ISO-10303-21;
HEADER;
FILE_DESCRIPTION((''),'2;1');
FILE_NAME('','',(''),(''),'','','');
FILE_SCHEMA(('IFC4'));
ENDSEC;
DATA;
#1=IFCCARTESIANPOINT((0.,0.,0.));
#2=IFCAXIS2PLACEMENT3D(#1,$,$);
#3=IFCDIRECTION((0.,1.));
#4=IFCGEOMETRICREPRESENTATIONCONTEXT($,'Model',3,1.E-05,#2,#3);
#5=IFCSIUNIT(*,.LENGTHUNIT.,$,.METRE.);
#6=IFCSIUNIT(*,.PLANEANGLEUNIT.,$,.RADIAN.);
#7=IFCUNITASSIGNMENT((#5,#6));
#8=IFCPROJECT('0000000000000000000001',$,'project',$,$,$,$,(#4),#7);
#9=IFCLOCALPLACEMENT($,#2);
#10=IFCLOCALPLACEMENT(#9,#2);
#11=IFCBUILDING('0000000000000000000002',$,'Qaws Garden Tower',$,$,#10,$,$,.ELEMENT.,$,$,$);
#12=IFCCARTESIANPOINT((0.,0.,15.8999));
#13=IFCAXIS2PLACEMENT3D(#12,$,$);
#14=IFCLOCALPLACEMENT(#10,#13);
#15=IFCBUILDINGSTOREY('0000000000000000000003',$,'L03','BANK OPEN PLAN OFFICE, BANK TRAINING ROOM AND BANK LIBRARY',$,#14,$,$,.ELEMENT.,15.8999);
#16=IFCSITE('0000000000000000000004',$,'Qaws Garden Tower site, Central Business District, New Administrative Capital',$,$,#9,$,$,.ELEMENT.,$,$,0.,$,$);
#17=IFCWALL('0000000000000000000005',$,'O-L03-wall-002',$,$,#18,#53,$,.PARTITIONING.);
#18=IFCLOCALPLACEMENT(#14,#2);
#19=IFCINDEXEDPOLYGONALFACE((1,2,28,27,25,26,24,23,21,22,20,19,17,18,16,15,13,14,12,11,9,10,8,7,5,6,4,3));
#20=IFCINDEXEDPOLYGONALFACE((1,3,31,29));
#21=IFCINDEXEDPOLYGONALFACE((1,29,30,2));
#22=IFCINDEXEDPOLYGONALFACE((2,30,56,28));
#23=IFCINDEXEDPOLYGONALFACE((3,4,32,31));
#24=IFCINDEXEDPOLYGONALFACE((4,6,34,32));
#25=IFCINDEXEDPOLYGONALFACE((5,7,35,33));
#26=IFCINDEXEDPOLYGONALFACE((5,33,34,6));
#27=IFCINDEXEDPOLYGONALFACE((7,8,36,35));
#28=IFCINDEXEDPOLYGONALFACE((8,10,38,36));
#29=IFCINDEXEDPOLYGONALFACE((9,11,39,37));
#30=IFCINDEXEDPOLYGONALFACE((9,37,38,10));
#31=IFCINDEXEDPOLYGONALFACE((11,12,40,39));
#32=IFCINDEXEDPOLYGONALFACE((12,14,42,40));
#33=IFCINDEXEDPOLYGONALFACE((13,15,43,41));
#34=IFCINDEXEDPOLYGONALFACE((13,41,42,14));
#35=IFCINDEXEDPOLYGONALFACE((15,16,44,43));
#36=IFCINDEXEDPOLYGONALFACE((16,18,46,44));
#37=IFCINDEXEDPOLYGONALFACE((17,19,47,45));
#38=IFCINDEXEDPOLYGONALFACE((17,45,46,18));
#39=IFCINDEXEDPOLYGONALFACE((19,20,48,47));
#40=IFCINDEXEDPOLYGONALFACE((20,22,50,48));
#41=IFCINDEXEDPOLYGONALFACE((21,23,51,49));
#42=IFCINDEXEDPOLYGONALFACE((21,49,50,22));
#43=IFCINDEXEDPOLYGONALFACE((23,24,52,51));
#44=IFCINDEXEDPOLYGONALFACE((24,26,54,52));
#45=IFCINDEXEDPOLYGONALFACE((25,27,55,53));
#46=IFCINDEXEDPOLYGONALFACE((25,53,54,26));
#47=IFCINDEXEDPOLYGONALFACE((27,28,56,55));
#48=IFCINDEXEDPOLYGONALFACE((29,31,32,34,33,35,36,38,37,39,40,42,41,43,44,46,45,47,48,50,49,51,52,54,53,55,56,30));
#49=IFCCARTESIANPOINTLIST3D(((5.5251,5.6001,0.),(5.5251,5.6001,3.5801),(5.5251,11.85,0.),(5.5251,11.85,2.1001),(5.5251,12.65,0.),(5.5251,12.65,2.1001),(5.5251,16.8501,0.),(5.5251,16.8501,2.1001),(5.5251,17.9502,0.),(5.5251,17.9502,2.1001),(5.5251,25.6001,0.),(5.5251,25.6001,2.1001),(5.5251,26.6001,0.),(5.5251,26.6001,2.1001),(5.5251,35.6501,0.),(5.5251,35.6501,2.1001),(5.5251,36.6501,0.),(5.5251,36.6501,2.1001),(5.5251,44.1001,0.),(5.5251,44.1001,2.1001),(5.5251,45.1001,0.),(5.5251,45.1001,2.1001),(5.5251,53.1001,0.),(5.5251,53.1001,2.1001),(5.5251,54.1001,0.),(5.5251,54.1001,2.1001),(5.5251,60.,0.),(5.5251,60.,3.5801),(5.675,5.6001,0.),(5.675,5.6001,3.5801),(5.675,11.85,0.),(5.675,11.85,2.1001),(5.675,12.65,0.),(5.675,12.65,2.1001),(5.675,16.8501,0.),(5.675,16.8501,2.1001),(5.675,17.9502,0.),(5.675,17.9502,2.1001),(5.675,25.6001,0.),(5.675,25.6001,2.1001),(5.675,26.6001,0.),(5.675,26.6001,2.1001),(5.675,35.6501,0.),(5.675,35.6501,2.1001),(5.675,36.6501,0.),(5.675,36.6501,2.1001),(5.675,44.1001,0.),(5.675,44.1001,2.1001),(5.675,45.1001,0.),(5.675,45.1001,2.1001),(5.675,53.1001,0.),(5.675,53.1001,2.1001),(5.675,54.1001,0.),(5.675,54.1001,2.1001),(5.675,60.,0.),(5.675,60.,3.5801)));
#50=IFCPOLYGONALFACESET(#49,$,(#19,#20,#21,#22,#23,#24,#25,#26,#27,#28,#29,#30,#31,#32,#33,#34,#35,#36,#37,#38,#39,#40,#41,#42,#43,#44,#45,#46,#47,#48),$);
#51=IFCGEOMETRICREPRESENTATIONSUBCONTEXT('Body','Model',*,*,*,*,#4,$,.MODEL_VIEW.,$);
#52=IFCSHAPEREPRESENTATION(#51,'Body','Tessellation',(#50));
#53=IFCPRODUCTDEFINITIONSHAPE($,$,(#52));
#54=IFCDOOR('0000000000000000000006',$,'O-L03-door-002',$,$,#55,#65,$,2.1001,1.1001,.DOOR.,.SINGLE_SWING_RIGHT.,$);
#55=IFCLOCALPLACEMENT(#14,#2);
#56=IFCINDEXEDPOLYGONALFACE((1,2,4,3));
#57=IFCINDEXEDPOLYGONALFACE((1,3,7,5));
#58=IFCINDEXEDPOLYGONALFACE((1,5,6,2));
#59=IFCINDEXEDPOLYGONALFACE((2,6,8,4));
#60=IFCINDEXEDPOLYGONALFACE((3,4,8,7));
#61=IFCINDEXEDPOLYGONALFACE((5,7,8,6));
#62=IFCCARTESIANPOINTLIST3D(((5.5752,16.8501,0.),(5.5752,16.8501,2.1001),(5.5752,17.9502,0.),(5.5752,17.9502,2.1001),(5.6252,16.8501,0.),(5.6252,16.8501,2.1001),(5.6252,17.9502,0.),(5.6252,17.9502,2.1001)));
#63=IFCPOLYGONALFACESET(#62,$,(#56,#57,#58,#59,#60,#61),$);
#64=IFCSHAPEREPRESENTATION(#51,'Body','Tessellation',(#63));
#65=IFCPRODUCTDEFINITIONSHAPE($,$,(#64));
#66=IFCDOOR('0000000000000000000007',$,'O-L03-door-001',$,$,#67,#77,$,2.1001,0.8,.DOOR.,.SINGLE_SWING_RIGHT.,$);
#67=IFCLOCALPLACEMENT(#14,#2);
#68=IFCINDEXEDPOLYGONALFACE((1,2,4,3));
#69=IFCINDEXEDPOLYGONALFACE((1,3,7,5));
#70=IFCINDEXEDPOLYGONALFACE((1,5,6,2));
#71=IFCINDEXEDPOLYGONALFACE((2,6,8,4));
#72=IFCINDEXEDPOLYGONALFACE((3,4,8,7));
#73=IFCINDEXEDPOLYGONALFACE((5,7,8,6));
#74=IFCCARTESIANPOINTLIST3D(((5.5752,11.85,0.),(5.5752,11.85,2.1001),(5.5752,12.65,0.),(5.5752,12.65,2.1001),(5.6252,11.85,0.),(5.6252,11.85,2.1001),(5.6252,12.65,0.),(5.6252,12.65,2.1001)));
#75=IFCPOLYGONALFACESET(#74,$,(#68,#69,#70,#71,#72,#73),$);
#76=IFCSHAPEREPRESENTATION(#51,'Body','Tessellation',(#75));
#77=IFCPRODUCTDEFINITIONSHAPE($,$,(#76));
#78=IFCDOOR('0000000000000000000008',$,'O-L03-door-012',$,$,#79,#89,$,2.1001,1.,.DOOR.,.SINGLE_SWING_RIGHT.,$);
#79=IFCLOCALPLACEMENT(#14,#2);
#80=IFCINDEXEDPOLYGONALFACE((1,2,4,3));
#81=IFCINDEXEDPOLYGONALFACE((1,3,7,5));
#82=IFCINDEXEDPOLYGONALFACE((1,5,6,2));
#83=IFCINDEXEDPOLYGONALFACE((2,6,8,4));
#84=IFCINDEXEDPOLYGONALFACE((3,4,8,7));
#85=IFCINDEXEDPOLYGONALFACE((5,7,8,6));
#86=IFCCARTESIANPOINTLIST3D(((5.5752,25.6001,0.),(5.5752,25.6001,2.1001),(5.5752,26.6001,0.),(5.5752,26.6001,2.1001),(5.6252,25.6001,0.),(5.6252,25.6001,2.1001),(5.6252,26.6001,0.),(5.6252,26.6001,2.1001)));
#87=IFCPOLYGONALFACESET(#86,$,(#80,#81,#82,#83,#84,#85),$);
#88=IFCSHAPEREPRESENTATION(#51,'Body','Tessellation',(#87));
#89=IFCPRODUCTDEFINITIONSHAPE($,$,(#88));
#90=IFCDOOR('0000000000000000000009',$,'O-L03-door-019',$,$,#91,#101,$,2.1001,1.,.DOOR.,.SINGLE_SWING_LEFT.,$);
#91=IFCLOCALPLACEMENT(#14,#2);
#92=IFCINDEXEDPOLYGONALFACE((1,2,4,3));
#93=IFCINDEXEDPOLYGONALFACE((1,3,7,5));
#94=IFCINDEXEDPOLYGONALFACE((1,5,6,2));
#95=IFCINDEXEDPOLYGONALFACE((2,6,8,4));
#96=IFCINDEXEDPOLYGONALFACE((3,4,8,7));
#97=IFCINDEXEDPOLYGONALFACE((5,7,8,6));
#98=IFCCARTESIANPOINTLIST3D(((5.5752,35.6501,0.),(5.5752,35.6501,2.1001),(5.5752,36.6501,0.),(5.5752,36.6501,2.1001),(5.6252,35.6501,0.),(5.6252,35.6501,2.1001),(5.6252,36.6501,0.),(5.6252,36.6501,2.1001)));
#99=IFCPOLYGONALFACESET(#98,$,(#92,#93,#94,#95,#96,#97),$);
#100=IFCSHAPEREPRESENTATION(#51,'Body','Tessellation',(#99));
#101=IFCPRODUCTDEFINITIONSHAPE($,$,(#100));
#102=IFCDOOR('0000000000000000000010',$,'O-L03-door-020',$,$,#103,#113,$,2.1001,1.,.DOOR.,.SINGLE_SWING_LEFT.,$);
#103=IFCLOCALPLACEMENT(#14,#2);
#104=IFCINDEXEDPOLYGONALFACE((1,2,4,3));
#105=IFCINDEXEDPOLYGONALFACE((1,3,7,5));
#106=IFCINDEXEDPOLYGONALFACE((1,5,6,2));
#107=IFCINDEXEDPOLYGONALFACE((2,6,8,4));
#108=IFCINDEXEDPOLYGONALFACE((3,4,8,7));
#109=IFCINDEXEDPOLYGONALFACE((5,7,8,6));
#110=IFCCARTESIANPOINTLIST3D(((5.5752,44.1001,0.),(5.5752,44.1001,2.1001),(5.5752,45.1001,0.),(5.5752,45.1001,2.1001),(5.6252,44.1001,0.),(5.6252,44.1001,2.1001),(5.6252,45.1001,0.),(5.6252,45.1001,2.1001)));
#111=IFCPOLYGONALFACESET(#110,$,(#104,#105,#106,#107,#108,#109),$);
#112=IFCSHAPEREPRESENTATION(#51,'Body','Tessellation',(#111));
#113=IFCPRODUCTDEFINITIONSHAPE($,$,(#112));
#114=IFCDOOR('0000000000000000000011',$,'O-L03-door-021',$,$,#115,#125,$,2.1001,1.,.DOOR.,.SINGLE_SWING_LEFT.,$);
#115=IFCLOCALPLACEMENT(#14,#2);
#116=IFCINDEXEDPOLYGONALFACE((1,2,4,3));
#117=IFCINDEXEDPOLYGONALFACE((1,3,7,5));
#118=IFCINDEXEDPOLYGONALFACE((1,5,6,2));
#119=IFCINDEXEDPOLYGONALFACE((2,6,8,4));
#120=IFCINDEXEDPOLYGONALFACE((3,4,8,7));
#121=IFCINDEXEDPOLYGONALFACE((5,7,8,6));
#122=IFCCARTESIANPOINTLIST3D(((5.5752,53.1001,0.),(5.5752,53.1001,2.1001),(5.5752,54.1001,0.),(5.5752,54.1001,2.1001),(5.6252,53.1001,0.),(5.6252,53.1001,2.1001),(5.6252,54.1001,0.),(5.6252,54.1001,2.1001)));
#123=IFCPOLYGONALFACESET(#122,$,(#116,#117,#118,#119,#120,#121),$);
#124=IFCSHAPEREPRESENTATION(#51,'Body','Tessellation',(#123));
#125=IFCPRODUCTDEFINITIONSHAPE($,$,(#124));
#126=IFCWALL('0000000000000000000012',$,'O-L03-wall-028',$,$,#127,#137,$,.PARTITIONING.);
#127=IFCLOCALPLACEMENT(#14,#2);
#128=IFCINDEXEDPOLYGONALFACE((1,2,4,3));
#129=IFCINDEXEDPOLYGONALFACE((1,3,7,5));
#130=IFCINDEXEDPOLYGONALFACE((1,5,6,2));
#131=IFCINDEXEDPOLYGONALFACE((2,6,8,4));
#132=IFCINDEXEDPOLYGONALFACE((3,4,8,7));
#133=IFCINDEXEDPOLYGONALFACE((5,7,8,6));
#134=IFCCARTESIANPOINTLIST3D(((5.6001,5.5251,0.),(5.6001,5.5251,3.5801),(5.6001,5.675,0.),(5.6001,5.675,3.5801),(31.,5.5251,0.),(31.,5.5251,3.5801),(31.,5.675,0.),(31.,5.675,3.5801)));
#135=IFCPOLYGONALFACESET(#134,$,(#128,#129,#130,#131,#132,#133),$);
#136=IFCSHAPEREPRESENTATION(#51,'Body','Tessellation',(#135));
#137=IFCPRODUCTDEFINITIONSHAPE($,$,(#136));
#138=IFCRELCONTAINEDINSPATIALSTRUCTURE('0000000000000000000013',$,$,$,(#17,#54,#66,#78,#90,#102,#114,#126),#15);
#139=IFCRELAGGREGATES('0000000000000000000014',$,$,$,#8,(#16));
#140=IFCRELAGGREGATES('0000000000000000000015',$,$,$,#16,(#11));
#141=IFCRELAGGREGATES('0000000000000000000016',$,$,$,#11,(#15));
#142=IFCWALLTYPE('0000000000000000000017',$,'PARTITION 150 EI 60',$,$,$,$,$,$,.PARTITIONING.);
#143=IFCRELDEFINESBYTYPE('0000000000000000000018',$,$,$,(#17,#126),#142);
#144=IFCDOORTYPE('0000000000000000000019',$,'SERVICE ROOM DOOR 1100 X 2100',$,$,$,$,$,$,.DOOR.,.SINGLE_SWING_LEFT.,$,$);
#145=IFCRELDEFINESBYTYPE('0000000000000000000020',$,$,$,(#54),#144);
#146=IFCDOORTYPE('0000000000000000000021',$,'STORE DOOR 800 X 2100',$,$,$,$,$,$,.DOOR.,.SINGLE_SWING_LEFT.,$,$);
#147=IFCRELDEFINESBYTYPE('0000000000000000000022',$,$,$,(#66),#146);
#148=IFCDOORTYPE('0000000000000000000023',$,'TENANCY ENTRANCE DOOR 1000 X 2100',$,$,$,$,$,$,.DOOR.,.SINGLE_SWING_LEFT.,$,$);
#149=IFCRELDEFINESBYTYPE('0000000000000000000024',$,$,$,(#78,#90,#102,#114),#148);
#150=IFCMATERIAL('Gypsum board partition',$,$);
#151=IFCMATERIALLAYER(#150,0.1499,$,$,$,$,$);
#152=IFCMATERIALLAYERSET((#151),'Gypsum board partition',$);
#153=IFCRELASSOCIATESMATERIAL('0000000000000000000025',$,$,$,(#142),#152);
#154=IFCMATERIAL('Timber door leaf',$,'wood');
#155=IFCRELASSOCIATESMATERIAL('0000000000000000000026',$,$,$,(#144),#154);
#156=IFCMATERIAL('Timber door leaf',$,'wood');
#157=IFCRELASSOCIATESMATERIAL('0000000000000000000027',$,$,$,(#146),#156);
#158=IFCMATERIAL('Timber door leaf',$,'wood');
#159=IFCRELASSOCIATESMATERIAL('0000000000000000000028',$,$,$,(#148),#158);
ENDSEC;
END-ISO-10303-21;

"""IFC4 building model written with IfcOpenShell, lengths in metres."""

from ifc_helpers import new_model, si_unit, direction, frame, frame_2d, origin, place, context, subcontext, project, spatial, rectangle, extrude, material, layer, layer_set, type_object, element, fill, save


model = new_model("IFC4")

# Units and contexts
model_context = context("Model", 3, precision=1e-05, world=origin(), true_north=direction((0.0, 1.0)))
body_context = subcontext(model_context, "Body", "Model", "MODEL_VIEW")
ifc_project = project(units=[si_unit("LENGTHUNIT", "METRE"), si_unit("PLANEANGLEUNIT", "RADIAN")], contexts=[model_context])

# Site, building, storey
site_placement = place(None, origin())
site = spatial("IfcSite", under=ifc_project, at=site_placement, Name="Qaws Garden Tower site, Central Business District, New Administrative Capital", CompositionType="ELEMENT", RefElevation=0.0)
building_placement = place(site_placement, origin())
building = spatial("IfcBuilding", under=site, at=building_placement, Name="Qaws Garden Tower", CompositionType="ELEMENT")
storey_placement = place(building_placement, frame((0.0, 0.0, 15.8999)))
storey = spatial("IfcBuildingStorey", under=building, at=storey_placement, Name="L03", Description="BANK OPEN PLAN OFFICE, BANK TRAINING ROOM AND BANK LIBRARY", CompositionType="ELEMENT", Elevation=15.8999)

# Wall, openings, doors
ifc_material_1 = material(Name="Gypsum board partition")
ifc_layer_1 = layer(ifc_material_1, 0.1499)
ifc_layer_set_1 = layer_set([ifc_layer_1], Name="Gypsum board partition")
wall_type_1 = type_object("IfcWallType", Name="PARTITION 150 EI 60", PredefinedType="PARTITIONING", material=ifc_layer_set_1)
wall_1_placement = place(storey_placement, frame((5.6001, 5.6001, 0.0), z_axis=(0.0, 0.0, 1.0), x_axis=(0.0, 1.0, 0.0)))
wall_1 = element("IfcWall", 1, at=wall_1_placement, inside=storey, type_object=wall_type_1, Name="O-L03-wall-002", PredefinedType="PARTITIONING", context=body_context, shape_type="SweptSolid", body=[
    extrude(rectangle(XDim=54.3999, YDim=0.1499, at=frame_2d((27.2, 0.0))), origin(), (0.0, 0.0, 1.0), 3.5801),
])
opening_1_placement = place(wall_1_placement, frame((6.25, 0.0, 0.0)))
opening_1 = element("IfcOpeningElement", 2, at=opening_1_placement, cuts=wall_1, PredefinedType="OPENING", context=body_context, shape_type="SweptSolid", body=[
    extrude(rectangle(XDim=0.8, YDim=2.1001, at=frame_2d((0.3999, 1.05))), frame((0.0, 0.085, 0.0), z_axis=(0.0, -1.0, 0.0), x_axis=(1.0, 0.0, 0.0)), (0.0, 0.0, 1.0), 0.1699),
])
opening_2_placement = place(wall_1_placement, frame((11.25, 0.0, 0.0)))
opening_2 = element("IfcOpeningElement", 3, at=opening_2_placement, cuts=wall_1, PredefinedType="OPENING", context=body_context, shape_type="SweptSolid", body=[
    extrude(rectangle(XDim=1.1001, YDim=2.1001, at=frame_2d((0.55, 1.05))), frame((0.0, 0.085, 0.0), z_axis=(0.0, -1.0, 0.0), x_axis=(1.0, 0.0, 0.0)), (0.0, 0.0, 1.0), 0.1699),
])
opening_3_placement = place(wall_1_placement, frame((20.0, 0.0, 0.0)))
opening_3 = element("IfcOpeningElement", 4, at=opening_3_placement, cuts=wall_1, PredefinedType="OPENING", context=body_context, shape_type="SweptSolid", body=[
    extrude(rectangle(XDim=1.0, YDim=2.1001, at=frame_2d((0.5, 1.05))), frame((0.0, 0.085, 0.0), z_axis=(0.0, -1.0, 0.0), x_axis=(1.0, 0.0, 0.0)), (0.0, 0.0, 1.0), 0.1699),
])
opening_4_placement = place(wall_1_placement, frame((30.05, 0.0, 0.0)))
opening_4 = element("IfcOpeningElement", 5, at=opening_4_placement, cuts=wall_1, PredefinedType="OPENING", context=body_context, shape_type="SweptSolid", body=[
    extrude(rectangle(XDim=1.0, YDim=2.1001, at=frame_2d((0.5, 1.05))), frame((0.0, 0.085, 0.0), z_axis=(0.0, -1.0, 0.0), x_axis=(1.0, 0.0, 0.0)), (0.0, 0.0, 1.0), 0.1699),
])
opening_5_placement = place(wall_1_placement, frame((38.5, 0.0, 0.0)))
opening_5 = element("IfcOpeningElement", 6, at=opening_5_placement, cuts=wall_1, PredefinedType="OPENING", context=body_context, shape_type="SweptSolid", body=[
    extrude(rectangle(XDim=1.0, YDim=2.1001, at=frame_2d((0.5, 1.05))), frame((0.0, 0.085, 0.0), z_axis=(0.0, -1.0, 0.0), x_axis=(1.0, 0.0, 0.0)), (0.0, 0.0, 1.0), 0.1699),
])
opening_6_placement = place(wall_1_placement, frame((47.5, 0.0, 0.0)))
opening_6 = element("IfcOpeningElement", 7, at=opening_6_placement, cuts=wall_1, PredefinedType="OPENING", context=body_context, shape_type="SweptSolid", body=[
    extrude(rectangle(XDim=1.0, YDim=2.1001, at=frame_2d((0.5, 1.05))), frame((0.0, 0.085, 0.0), z_axis=(0.0, -1.0, 0.0), x_axis=(1.0, 0.0, 0.0)), (0.0, 0.0, 1.0), 0.1699),
])
ifc_material_2 = material(Name="Timber door leaf", Category="wood")
door_type_1 = type_object("IfcDoorType", Name="SERVICE ROOM DOOR 1100 X 2100", OperationType="SINGLE_SWING_LEFT", PredefinedType="DOOR", material=ifc_material_2)
door_1_placement = place(opening_2_placement, origin())
door_1 = element("IfcDoor", 8, at=door_1_placement, inside=storey, type_object=door_type_1, Name="O-L03-door-002", OperationType="SINGLE_SWING_RIGHT", OverallHeight=2.1001, OverallWidth=1.1001, PredefinedType="DOOR", context=body_context, shape_type="SweptSolid", body=[
    extrude(rectangle(XDim=1.1001, YDim=2.1001, at=frame_2d((0.55, 1.05))), frame((0.0, 0.0249, 0.0), z_axis=(0.0, -1.0, 0.0), x_axis=(1.0, 0.0, 0.0)), (0.0, 0.0, 1.0), 0.05),
])
fill(opening_2, door_1)
ifc_material_3 = material(Name="Timber door leaf", Category="wood")
door_type_2 = type_object("IfcDoorType", Name="STORE DOOR 800 X 2100", OperationType="SINGLE_SWING_LEFT", PredefinedType="DOOR", material=ifc_material_3)
door_2_placement = place(opening_1_placement, origin())
door_2 = element("IfcDoor", 9, at=door_2_placement, inside=storey, type_object=door_type_2, Name="O-L03-door-001", OperationType="SINGLE_SWING_RIGHT", OverallHeight=2.1001, OverallWidth=0.8, PredefinedType="DOOR", context=body_context, shape_type="SweptSolid", body=[
    extrude(rectangle(XDim=0.8, YDim=2.1001, at=frame_2d((0.3999, 1.05))), frame((0.0, 0.0249, 0.0), z_axis=(0.0, -1.0, 0.0), x_axis=(1.0, 0.0, 0.0)), (0.0, 0.0, 1.0), 0.05),
])
fill(opening_1, door_2)
ifc_material_4 = material(Name="Timber door leaf", Category="wood")
door_type_3 = type_object("IfcDoorType", Name="TENANCY ENTRANCE DOOR 1000 X 2100", OperationType="SINGLE_SWING_LEFT", PredefinedType="DOOR", material=ifc_material_4)
door_3_placement = place(opening_3_placement, origin())
door_3 = element("IfcDoor", 10, at=door_3_placement, inside=storey, type_object=door_type_3, Name="O-L03-door-012", OperationType="SINGLE_SWING_RIGHT", OverallHeight=2.1001, OverallWidth=1.0, PredefinedType="DOOR", context=body_context, shape_type="SweptSolid", body=[
    extrude(rectangle(XDim=1.0, YDim=2.1001, at=frame_2d((0.5, 1.05))), frame((0.0, 0.0249, 0.0), z_axis=(0.0, -1.0, 0.0), x_axis=(1.0, 0.0, 0.0)), (0.0, 0.0, 1.0), 0.05),
])
fill(opening_3, door_3)
door_4_placement = place(opening_4_placement, origin())
door_4 = element("IfcDoor", 11, at=door_4_placement, inside=storey, type_object=door_type_3, Name="O-L03-door-019", OperationType="SINGLE_SWING_LEFT", OverallHeight=2.1001, OverallWidth=1.0, PredefinedType="DOOR", context=body_context, shape_type="SweptSolid", body=[
    extrude(rectangle(XDim=1.0, YDim=2.1001, at=frame_2d((0.5, 1.05))), frame((0.0, 0.0249, 0.0), z_axis=(0.0, -1.0, 0.0), x_axis=(1.0, 0.0, 0.0)), (0.0, 0.0, 1.0), 0.05),
])
fill(opening_4, door_4)
door_5_placement = place(opening_5_placement, origin())
door_5 = element("IfcDoor", 12, at=door_5_placement, inside=storey, type_object=door_type_3, Name="O-L03-door-020", OperationType="SINGLE_SWING_LEFT", OverallHeight=2.1001, OverallWidth=1.0, PredefinedType="DOOR", context=body_context, shape_type="SweptSolid", body=[
    extrude(rectangle(XDim=1.0, YDim=2.1001, at=frame_2d((0.5, 1.05))), frame((0.0, 0.0249, 0.0), z_axis=(0.0, -1.0, 0.0), x_axis=(1.0, 0.0, 0.0)), (0.0, 0.0, 1.0), 0.05),
])
fill(opening_5, door_5)
door_6_placement = place(opening_6_placement, origin())
door_6 = element("IfcDoor", 13, at=door_6_placement, inside=storey, type_object=door_type_3, Name="O-L03-door-021", OperationType="SINGLE_SWING_LEFT", OverallHeight=2.1001, OverallWidth=1.0, PredefinedType="DOOR", context=body_context, shape_type="SweptSolid", body=[
    extrude(rectangle(XDim=1.0, YDim=2.1001, at=frame_2d((0.5, 1.05))), frame((0.0, 0.0249, 0.0), z_axis=(0.0, -1.0, 0.0), x_axis=(1.0, 0.0, 0.0)), (0.0, 0.0, 1.0), 0.05),
])
fill(opening_6, door_6)

# Wall
wall_2_placement = place(storey_placement, frame((5.6001, 5.6001, 0.0), z_axis=(0.0, 0.0, 1.0), x_axis=(1.0, 0.0, 0.0)))
element("IfcWall", 14, at=wall_2_placement, inside=storey, type_object=wall_type_1, Name="O-L03-wall-028", PredefinedType="PARTITIONING", context=body_context, shape_type="SweptSolid", body=[
    extrude(rectangle(XDim=25.3999, YDim=0.1499, at=frame_2d((12.7, 0.0))), origin(), (0.0, 0.0, 1.0), 3.5801),
])

save(model, "model.ifc")
